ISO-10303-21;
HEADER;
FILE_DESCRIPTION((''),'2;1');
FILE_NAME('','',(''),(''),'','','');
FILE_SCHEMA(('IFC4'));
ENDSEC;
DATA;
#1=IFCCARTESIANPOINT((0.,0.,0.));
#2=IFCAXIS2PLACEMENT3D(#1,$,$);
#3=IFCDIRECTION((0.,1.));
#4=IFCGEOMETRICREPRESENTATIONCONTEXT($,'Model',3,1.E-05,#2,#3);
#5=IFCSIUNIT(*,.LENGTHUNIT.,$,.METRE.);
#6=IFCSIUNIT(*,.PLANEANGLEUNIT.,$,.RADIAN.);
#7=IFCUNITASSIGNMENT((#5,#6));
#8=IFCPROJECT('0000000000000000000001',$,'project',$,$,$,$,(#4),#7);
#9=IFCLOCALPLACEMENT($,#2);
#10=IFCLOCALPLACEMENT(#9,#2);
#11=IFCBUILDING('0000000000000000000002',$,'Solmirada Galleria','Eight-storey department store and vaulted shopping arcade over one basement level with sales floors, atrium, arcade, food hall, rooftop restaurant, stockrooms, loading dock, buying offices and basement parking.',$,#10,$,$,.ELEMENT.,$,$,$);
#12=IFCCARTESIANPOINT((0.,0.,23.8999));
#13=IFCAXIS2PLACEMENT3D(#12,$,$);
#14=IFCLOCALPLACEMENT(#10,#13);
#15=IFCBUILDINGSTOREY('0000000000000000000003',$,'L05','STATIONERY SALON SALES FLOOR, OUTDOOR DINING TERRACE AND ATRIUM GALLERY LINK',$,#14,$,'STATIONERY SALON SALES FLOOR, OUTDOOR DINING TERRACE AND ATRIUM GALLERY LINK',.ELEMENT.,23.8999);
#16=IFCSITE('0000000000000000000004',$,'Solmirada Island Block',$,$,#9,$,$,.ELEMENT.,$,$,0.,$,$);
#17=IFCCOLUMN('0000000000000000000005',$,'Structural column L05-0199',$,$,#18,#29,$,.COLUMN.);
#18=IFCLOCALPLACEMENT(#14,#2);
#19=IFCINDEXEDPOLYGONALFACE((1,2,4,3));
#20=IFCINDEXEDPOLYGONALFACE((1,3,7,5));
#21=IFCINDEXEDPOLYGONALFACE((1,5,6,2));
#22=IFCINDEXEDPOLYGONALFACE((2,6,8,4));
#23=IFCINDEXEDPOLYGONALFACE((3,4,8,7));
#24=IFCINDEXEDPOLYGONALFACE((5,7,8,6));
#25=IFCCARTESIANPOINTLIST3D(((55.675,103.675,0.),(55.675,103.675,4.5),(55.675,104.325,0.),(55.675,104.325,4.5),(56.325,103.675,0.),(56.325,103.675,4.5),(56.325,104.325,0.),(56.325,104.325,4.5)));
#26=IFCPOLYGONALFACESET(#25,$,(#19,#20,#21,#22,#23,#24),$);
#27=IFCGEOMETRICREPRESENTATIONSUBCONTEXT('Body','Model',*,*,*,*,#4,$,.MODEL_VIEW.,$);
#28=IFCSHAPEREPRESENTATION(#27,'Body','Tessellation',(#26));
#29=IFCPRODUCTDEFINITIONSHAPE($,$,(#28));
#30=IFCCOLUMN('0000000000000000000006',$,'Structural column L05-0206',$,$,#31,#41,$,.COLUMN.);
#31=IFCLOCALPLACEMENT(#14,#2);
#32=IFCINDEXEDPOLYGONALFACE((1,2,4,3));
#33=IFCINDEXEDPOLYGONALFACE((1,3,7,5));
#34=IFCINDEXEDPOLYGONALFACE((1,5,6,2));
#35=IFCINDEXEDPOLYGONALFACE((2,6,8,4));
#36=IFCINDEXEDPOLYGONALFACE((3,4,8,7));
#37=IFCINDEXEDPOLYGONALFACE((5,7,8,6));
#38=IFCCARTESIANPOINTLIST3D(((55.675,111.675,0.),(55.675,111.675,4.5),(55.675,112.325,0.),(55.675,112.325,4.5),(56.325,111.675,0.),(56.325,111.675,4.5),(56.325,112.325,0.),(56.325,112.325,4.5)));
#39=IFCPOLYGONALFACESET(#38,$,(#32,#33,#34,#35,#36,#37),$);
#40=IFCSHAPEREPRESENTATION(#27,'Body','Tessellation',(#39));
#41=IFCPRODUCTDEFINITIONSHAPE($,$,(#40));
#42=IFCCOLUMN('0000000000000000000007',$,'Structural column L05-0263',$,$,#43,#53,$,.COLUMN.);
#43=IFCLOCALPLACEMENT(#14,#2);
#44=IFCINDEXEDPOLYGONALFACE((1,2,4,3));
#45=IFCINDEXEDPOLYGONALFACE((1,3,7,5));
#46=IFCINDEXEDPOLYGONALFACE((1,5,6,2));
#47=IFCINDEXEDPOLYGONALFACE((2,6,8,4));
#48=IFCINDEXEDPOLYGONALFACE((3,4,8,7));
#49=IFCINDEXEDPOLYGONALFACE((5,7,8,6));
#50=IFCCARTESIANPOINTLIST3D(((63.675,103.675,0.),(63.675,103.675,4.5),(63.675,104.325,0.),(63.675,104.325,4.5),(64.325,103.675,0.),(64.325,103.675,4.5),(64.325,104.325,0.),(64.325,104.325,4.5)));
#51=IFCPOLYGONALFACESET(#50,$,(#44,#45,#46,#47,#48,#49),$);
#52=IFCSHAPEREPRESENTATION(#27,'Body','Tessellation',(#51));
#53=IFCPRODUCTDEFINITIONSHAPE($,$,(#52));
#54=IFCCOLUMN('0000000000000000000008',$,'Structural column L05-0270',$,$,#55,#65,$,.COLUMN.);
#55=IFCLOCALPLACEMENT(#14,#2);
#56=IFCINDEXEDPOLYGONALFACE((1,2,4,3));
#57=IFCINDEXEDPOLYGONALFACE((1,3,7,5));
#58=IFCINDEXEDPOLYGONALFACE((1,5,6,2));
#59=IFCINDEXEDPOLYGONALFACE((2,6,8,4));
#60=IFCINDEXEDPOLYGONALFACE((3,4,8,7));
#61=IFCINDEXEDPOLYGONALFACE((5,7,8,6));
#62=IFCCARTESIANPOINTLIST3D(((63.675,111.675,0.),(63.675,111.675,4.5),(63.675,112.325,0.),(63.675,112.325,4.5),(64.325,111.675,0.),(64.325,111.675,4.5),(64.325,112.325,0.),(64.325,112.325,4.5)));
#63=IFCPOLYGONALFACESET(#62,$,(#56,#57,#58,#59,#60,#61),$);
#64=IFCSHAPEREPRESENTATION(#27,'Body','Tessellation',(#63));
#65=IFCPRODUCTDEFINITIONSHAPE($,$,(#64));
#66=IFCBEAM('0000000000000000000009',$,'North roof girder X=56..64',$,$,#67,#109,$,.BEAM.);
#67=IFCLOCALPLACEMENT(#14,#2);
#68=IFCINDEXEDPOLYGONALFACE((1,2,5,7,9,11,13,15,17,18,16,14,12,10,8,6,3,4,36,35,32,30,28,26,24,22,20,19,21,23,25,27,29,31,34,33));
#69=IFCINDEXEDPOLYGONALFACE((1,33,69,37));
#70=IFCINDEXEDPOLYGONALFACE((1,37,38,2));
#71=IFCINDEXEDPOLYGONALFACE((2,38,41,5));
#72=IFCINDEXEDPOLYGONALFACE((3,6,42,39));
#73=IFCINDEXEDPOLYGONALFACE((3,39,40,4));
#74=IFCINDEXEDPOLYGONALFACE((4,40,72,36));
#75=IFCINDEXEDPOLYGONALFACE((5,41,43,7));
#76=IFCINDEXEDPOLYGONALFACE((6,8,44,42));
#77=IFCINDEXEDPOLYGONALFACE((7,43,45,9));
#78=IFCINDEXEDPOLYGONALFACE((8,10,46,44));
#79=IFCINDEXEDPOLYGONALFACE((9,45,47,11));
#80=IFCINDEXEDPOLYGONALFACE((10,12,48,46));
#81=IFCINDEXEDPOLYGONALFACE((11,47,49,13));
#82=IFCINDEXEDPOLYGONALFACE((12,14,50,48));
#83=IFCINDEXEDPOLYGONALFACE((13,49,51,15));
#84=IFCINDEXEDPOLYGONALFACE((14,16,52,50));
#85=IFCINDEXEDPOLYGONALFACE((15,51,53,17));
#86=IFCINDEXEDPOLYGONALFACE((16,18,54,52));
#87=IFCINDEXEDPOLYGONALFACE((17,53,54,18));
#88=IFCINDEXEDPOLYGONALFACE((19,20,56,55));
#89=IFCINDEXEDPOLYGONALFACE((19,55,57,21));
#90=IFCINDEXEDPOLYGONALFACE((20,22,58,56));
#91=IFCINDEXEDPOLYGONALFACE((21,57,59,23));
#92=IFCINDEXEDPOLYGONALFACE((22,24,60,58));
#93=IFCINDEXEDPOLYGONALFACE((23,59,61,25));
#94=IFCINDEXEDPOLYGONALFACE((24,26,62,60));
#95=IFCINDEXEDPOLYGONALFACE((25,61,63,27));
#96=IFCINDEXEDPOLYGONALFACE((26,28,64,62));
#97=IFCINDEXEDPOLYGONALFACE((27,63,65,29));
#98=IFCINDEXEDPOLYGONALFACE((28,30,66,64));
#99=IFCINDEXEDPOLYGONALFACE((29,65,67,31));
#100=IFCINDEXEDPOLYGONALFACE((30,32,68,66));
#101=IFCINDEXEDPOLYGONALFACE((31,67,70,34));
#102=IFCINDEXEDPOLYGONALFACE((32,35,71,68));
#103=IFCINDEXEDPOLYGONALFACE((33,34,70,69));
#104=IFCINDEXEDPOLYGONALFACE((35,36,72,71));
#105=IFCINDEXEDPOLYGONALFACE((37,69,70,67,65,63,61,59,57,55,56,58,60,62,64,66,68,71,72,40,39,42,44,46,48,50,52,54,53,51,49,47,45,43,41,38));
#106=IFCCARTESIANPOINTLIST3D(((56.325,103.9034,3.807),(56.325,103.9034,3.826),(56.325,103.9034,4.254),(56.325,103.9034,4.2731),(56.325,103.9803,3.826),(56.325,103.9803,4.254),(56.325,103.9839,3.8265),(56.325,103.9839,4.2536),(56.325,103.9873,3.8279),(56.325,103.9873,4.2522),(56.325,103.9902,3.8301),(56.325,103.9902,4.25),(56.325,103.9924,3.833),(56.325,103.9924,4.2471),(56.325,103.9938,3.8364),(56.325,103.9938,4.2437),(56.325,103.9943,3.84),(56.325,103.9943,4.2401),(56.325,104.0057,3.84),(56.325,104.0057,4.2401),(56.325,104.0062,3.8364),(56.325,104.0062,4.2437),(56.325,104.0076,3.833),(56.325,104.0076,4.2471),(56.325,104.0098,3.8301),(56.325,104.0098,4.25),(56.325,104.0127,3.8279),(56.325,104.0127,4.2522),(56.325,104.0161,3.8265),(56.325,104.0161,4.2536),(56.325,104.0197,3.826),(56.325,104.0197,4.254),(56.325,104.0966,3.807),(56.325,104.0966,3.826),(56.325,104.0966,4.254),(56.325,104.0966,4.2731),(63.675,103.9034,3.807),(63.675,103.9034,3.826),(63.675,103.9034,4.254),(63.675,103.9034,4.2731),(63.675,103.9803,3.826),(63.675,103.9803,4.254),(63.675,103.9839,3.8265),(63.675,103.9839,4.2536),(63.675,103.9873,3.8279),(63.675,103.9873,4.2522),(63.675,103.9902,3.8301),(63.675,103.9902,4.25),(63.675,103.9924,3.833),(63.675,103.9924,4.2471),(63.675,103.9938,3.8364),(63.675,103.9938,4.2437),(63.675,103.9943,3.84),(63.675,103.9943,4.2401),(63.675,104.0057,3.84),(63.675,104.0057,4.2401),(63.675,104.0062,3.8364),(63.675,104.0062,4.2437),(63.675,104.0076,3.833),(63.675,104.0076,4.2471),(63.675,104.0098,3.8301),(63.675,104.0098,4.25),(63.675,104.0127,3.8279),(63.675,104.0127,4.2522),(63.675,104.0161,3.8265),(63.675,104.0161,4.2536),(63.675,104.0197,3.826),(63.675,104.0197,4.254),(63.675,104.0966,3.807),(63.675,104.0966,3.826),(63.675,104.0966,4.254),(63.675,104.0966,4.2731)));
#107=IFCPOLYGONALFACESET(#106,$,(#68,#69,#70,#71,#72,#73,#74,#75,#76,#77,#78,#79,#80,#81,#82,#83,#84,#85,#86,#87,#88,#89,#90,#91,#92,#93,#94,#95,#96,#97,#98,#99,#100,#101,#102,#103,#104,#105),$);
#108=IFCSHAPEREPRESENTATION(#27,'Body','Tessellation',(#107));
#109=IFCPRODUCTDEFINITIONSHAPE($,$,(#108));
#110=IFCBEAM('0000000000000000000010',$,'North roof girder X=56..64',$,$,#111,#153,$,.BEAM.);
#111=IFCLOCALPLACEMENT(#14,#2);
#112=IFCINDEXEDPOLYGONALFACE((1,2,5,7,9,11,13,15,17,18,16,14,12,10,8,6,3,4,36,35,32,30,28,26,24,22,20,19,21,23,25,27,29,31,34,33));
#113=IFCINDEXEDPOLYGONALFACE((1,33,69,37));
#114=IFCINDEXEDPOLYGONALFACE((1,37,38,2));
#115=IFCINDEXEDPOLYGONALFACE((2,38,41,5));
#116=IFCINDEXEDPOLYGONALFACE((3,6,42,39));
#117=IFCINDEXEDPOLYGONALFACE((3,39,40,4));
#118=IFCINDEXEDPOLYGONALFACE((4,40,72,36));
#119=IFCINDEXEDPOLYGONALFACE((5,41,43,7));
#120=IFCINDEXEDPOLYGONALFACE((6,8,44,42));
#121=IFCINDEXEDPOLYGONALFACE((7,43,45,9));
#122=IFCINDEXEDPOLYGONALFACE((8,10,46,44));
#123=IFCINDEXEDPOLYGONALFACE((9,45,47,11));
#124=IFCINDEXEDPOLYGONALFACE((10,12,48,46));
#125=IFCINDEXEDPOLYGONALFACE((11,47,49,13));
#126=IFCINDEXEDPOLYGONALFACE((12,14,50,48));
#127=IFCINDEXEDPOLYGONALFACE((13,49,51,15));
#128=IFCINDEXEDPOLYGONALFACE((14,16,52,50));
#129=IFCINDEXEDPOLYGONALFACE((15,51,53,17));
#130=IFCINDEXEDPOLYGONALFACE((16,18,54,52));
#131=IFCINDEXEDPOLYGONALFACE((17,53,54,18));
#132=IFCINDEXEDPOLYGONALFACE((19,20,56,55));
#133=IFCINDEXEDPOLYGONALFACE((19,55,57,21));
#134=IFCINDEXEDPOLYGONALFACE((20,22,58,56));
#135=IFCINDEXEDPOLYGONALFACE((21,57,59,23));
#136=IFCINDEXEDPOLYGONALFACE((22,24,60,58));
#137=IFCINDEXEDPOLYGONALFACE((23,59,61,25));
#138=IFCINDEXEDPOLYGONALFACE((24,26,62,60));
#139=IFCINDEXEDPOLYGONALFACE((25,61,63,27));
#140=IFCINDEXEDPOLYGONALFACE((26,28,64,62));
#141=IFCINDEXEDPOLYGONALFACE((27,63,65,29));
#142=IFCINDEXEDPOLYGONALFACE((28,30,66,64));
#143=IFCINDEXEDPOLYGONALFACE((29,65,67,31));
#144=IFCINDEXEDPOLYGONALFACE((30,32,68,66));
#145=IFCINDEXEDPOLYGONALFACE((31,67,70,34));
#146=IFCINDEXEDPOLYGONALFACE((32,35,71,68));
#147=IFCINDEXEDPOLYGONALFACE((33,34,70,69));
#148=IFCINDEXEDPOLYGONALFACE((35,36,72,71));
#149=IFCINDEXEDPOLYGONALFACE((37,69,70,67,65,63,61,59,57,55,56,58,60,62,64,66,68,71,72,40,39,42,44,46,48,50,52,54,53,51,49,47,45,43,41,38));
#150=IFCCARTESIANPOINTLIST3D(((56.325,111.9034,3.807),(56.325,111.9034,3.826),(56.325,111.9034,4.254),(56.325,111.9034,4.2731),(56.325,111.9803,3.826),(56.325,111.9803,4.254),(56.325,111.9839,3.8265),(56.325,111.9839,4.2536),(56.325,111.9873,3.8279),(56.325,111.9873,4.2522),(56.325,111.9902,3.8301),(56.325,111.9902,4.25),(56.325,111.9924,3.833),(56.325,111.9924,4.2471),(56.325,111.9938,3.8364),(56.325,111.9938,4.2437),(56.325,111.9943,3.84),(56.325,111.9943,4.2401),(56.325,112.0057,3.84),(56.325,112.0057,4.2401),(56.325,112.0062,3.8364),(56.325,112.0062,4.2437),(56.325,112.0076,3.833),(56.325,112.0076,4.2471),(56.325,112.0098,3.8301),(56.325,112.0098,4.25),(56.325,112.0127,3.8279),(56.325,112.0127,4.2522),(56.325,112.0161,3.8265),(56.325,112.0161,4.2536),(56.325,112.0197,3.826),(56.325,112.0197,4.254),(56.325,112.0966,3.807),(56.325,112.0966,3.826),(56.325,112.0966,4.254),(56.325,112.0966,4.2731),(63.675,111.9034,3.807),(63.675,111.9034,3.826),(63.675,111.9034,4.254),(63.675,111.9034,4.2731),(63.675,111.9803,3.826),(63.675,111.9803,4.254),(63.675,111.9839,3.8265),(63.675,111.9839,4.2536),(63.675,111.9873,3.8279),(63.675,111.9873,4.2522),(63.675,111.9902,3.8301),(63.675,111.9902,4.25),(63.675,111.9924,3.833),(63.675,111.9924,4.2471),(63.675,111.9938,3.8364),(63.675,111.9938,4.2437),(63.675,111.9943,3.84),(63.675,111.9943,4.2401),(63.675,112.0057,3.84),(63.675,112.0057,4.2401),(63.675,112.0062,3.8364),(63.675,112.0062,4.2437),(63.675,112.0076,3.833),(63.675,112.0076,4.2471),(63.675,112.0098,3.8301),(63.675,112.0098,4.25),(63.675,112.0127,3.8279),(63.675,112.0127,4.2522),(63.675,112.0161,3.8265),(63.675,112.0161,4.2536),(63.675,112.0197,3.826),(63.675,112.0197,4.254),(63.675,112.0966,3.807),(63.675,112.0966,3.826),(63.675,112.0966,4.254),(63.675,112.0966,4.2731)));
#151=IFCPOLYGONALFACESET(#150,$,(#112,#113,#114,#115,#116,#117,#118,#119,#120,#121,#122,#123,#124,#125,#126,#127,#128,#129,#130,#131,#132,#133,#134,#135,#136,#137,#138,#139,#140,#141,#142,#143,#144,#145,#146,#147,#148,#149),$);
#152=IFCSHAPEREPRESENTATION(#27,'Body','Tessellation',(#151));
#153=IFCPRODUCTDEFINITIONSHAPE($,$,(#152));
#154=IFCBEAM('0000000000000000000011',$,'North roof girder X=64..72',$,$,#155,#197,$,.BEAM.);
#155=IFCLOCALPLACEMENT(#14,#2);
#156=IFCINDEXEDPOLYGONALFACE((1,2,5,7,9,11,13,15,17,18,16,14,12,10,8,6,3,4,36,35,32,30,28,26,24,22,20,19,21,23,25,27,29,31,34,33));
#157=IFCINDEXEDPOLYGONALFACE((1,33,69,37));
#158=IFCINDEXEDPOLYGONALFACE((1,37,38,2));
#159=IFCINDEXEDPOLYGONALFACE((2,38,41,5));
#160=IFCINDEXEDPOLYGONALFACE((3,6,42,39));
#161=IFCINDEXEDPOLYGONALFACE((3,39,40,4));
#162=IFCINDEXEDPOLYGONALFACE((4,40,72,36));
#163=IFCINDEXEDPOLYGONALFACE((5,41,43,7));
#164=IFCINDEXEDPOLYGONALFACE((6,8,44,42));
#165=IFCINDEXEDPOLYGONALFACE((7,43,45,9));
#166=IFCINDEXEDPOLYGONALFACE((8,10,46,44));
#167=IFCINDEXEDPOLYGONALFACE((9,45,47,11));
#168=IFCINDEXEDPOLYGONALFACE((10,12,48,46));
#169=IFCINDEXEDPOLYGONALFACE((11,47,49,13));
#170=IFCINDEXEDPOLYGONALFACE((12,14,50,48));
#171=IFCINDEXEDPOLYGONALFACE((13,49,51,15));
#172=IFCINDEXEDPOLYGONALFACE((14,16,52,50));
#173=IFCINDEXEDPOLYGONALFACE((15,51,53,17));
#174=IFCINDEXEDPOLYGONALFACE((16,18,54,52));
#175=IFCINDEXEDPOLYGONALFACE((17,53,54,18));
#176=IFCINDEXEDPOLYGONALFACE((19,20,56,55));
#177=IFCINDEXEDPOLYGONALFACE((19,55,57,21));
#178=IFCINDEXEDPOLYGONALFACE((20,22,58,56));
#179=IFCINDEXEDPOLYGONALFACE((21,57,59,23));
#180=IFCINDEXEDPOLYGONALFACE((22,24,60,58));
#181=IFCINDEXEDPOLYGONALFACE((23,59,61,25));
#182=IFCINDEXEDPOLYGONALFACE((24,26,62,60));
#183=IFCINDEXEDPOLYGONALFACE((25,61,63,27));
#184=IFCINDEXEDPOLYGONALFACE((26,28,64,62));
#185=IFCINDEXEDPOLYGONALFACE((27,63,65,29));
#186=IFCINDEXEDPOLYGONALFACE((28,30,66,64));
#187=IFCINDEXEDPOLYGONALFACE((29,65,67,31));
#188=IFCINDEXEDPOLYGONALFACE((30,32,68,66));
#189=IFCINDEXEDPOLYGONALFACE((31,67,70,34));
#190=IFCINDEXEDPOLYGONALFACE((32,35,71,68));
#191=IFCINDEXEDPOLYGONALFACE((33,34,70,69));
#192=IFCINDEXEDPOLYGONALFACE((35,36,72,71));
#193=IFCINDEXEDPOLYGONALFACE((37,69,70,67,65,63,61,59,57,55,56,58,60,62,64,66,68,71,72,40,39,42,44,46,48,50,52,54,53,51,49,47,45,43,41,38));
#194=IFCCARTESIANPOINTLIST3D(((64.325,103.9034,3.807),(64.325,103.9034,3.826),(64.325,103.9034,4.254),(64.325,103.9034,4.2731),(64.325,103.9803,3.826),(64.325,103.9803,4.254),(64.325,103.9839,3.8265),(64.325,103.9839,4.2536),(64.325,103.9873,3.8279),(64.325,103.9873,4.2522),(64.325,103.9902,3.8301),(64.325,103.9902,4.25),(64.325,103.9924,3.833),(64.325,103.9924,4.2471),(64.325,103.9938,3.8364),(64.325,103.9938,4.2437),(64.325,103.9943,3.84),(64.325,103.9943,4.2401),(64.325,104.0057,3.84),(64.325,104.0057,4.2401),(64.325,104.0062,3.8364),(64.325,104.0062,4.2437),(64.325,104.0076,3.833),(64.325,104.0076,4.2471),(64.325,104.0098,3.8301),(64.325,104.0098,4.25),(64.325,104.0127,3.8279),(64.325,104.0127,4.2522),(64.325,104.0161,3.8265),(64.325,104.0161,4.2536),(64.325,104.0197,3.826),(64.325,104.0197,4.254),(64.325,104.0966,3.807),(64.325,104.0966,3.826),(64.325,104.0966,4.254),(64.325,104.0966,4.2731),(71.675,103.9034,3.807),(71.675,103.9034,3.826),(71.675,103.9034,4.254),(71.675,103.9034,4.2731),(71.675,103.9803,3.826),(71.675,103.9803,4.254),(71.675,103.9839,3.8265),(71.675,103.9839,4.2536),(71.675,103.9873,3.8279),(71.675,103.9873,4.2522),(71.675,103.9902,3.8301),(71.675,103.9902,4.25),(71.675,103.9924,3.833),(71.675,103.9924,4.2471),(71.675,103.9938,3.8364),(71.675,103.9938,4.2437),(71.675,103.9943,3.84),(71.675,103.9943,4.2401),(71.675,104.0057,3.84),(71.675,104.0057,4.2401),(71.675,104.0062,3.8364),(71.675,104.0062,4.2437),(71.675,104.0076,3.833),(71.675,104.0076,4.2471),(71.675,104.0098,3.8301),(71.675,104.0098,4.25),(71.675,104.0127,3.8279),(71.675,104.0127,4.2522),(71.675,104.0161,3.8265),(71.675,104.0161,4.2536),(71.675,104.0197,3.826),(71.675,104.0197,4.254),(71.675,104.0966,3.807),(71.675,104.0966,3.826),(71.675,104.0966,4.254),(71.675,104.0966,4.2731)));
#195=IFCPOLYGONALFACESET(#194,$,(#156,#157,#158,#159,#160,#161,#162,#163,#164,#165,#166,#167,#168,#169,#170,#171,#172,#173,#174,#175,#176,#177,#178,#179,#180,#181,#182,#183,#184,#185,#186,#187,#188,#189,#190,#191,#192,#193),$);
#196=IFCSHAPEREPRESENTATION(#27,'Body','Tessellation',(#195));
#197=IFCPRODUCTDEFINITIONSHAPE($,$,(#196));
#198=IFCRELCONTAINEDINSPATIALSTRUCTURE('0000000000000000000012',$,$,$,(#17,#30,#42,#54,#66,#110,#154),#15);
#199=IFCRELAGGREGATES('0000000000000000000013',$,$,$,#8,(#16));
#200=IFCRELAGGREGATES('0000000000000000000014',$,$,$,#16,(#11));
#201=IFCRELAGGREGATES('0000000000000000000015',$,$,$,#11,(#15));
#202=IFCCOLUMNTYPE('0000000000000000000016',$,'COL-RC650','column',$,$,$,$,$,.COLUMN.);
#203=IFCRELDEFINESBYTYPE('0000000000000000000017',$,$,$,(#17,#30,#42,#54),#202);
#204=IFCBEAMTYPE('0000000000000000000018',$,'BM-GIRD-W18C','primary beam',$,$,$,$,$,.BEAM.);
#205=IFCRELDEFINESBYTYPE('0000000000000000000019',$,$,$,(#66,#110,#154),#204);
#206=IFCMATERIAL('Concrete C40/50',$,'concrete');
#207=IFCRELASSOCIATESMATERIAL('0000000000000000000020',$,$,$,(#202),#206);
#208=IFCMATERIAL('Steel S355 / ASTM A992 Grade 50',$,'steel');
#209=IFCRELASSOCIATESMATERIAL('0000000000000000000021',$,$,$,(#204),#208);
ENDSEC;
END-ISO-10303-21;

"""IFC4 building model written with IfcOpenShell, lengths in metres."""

from ifc_helpers import new_model, si_unit, direction, frame, origin, origin_2d, place, context, subcontext, project, spatial, rectangle, i_section, extrude, material, material_profile, profile_set, type_object, element, save


model = new_model("IFC4")

# Units and contexts
model_context = context("Model", 3, precision=1e-05, world=origin(), true_north=direction((0.0, 1.0)))
body_context = subcontext(model_context, "Body", "Model", "MODEL_VIEW")
ifc_project = project(units=[si_unit("LENGTHUNIT", "METRE"), si_unit("PLANEANGLEUNIT", "RADIAN")], contexts=[model_context])

# Site, building, storey
site_placement = place(None, origin())
site = spatial("IfcSite", under=ifc_project, at=site_placement, Name="Solmirada Island Block", CompositionType="ELEMENT", RefElevation=0.0)
building_placement = place(site_placement, origin())
building = spatial("IfcBuilding", under=site, at=building_placement, Name="Solmirada Galleria", Description="Eight-storey department store and vaulted shopping arcade over one basement level with sales floors, atrium, arcade, food hall, rooftop restaurant, stockrooms, loading dock, buying offices and basement parking.", CompositionType="ELEMENT")
storey_placement = place(building_placement, frame((0.0, 0.0, 23.8999)))
storey = spatial("IfcBuildingStorey", under=building, at=storey_placement, Name="L05", Description="STATIONERY SALON SALES FLOOR, OUTDOOR DINING TERRACE AND ATRIUM GALLERY LINK", LongName="STATIONERY SALON SALES FLOOR, OUTDOOR DINING TERRACE AND ATRIUM GALLERY LINK", CompositionType="ELEMENT", Elevation=23.8999)

# Columns
ifc_material_1 = material(Name="Concrete C40/50", Category="concrete")
ifc_material_profile_1 = material_profile(ifc_material_1, rectangle(XDim=0.6499, YDim=0.6499, at=origin_2d()), Name="RC650X650")
ifc_profile_set_1 = profile_set([ifc_material_profile_1], Name="Concrete C40/50")
column_type = type_object("IfcColumnType", Name="COL-RC650", Description="column", PredefinedType="COLUMN", material=ifc_profile_set_1)
for number, where, z_axis, x_axis, name in (
    (1, (56.0, 104.0, 0.0), (0.0, 0.0, 1.0), (1.0, 0.0, 0.0), "Structural column L05-0199"),
    (2, (56.0, 112.0, 0.0), (0.0, 0.0, 1.0), (1.0, 0.0, 0.0), "Structural column L05-0206"),
    (3, (64.0, 104.0, 0.0), (0.0, 0.0, 1.0), (1.0, 0.0, 0.0), "Structural column L05-0263"),
    (4, (64.0, 112.0, 0.0), (0.0, 0.0, 1.0), (1.0, 0.0, 0.0), "Structural column L05-0270"),
):
    element("IfcColumn", number, at=place(storey_placement, frame(where, z_axis=z_axis, x_axis=x_axis)), inside=storey, type_object=column_type, Name=name, PredefinedType="COLUMN", context=body_context, shape_type="SweptSolid", body=[
        extrude(rectangle(XDim=0.6499, YDim=0.6499, at=origin_2d()), origin(), (0.0, 0.0, 1.0), 4.5),
    ])

# Beams
ifc_material_2 = material(Name="Steel S355 / ASTM A992 Grade 50", Category="steel")
ifc_material_profile_2 = material_profile(ifc_material_2, i_section(OverallWidth=0.1931, OverallDepth=0.4661, WebThickness=0.0115, FlangeThickness=0.019, FilletRadius=0.0139, at=origin_2d()), Name="W18X65")
ifc_profile_set_2 = profile_set([ifc_material_profile_2], Name="Steel S355 / ASTM A992 Grade 50")
beam_type = type_object("IfcBeamType", Name="BM-GIRD-W18C", Description="primary beam", PredefinedType="BEAM", material=ifc_profile_set_2)
for number, where, z_axis, x_axis, name in (
    (5, (56.325, 104.0, 4.04), (1.0, 0.0, 0.0), (0.0, 1.0, 0.0), "North roof girder X=56..64"),
    (6, (56.325, 112.0, 4.04), (1.0, 0.0, 0.0), (0.0, 1.0, 0.0), "North roof girder X=56..64"),
    (7, (64.325, 104.0, 4.04), (1.0, 0.0, 0.0), (0.0, 1.0, 0.0), "North roof girder X=64..72"),
):
    element("IfcBeam", number, at=place(storey_placement, frame(where, z_axis=z_axis, x_axis=x_axis)), inside=storey, type_object=beam_type, Name=name, PredefinedType="BEAM", context=body_context, shape_type="SweptSolid", body=[
        extrude(i_section(OverallWidth=0.1931, OverallDepth=0.4661, WebThickness=0.0115, FlangeThickness=0.019, FilletRadius=0.0139, at=origin_2d()), origin(), (0.0, 0.0, 1.0), 7.3501),
    ])

save(model, "model.ifc")
